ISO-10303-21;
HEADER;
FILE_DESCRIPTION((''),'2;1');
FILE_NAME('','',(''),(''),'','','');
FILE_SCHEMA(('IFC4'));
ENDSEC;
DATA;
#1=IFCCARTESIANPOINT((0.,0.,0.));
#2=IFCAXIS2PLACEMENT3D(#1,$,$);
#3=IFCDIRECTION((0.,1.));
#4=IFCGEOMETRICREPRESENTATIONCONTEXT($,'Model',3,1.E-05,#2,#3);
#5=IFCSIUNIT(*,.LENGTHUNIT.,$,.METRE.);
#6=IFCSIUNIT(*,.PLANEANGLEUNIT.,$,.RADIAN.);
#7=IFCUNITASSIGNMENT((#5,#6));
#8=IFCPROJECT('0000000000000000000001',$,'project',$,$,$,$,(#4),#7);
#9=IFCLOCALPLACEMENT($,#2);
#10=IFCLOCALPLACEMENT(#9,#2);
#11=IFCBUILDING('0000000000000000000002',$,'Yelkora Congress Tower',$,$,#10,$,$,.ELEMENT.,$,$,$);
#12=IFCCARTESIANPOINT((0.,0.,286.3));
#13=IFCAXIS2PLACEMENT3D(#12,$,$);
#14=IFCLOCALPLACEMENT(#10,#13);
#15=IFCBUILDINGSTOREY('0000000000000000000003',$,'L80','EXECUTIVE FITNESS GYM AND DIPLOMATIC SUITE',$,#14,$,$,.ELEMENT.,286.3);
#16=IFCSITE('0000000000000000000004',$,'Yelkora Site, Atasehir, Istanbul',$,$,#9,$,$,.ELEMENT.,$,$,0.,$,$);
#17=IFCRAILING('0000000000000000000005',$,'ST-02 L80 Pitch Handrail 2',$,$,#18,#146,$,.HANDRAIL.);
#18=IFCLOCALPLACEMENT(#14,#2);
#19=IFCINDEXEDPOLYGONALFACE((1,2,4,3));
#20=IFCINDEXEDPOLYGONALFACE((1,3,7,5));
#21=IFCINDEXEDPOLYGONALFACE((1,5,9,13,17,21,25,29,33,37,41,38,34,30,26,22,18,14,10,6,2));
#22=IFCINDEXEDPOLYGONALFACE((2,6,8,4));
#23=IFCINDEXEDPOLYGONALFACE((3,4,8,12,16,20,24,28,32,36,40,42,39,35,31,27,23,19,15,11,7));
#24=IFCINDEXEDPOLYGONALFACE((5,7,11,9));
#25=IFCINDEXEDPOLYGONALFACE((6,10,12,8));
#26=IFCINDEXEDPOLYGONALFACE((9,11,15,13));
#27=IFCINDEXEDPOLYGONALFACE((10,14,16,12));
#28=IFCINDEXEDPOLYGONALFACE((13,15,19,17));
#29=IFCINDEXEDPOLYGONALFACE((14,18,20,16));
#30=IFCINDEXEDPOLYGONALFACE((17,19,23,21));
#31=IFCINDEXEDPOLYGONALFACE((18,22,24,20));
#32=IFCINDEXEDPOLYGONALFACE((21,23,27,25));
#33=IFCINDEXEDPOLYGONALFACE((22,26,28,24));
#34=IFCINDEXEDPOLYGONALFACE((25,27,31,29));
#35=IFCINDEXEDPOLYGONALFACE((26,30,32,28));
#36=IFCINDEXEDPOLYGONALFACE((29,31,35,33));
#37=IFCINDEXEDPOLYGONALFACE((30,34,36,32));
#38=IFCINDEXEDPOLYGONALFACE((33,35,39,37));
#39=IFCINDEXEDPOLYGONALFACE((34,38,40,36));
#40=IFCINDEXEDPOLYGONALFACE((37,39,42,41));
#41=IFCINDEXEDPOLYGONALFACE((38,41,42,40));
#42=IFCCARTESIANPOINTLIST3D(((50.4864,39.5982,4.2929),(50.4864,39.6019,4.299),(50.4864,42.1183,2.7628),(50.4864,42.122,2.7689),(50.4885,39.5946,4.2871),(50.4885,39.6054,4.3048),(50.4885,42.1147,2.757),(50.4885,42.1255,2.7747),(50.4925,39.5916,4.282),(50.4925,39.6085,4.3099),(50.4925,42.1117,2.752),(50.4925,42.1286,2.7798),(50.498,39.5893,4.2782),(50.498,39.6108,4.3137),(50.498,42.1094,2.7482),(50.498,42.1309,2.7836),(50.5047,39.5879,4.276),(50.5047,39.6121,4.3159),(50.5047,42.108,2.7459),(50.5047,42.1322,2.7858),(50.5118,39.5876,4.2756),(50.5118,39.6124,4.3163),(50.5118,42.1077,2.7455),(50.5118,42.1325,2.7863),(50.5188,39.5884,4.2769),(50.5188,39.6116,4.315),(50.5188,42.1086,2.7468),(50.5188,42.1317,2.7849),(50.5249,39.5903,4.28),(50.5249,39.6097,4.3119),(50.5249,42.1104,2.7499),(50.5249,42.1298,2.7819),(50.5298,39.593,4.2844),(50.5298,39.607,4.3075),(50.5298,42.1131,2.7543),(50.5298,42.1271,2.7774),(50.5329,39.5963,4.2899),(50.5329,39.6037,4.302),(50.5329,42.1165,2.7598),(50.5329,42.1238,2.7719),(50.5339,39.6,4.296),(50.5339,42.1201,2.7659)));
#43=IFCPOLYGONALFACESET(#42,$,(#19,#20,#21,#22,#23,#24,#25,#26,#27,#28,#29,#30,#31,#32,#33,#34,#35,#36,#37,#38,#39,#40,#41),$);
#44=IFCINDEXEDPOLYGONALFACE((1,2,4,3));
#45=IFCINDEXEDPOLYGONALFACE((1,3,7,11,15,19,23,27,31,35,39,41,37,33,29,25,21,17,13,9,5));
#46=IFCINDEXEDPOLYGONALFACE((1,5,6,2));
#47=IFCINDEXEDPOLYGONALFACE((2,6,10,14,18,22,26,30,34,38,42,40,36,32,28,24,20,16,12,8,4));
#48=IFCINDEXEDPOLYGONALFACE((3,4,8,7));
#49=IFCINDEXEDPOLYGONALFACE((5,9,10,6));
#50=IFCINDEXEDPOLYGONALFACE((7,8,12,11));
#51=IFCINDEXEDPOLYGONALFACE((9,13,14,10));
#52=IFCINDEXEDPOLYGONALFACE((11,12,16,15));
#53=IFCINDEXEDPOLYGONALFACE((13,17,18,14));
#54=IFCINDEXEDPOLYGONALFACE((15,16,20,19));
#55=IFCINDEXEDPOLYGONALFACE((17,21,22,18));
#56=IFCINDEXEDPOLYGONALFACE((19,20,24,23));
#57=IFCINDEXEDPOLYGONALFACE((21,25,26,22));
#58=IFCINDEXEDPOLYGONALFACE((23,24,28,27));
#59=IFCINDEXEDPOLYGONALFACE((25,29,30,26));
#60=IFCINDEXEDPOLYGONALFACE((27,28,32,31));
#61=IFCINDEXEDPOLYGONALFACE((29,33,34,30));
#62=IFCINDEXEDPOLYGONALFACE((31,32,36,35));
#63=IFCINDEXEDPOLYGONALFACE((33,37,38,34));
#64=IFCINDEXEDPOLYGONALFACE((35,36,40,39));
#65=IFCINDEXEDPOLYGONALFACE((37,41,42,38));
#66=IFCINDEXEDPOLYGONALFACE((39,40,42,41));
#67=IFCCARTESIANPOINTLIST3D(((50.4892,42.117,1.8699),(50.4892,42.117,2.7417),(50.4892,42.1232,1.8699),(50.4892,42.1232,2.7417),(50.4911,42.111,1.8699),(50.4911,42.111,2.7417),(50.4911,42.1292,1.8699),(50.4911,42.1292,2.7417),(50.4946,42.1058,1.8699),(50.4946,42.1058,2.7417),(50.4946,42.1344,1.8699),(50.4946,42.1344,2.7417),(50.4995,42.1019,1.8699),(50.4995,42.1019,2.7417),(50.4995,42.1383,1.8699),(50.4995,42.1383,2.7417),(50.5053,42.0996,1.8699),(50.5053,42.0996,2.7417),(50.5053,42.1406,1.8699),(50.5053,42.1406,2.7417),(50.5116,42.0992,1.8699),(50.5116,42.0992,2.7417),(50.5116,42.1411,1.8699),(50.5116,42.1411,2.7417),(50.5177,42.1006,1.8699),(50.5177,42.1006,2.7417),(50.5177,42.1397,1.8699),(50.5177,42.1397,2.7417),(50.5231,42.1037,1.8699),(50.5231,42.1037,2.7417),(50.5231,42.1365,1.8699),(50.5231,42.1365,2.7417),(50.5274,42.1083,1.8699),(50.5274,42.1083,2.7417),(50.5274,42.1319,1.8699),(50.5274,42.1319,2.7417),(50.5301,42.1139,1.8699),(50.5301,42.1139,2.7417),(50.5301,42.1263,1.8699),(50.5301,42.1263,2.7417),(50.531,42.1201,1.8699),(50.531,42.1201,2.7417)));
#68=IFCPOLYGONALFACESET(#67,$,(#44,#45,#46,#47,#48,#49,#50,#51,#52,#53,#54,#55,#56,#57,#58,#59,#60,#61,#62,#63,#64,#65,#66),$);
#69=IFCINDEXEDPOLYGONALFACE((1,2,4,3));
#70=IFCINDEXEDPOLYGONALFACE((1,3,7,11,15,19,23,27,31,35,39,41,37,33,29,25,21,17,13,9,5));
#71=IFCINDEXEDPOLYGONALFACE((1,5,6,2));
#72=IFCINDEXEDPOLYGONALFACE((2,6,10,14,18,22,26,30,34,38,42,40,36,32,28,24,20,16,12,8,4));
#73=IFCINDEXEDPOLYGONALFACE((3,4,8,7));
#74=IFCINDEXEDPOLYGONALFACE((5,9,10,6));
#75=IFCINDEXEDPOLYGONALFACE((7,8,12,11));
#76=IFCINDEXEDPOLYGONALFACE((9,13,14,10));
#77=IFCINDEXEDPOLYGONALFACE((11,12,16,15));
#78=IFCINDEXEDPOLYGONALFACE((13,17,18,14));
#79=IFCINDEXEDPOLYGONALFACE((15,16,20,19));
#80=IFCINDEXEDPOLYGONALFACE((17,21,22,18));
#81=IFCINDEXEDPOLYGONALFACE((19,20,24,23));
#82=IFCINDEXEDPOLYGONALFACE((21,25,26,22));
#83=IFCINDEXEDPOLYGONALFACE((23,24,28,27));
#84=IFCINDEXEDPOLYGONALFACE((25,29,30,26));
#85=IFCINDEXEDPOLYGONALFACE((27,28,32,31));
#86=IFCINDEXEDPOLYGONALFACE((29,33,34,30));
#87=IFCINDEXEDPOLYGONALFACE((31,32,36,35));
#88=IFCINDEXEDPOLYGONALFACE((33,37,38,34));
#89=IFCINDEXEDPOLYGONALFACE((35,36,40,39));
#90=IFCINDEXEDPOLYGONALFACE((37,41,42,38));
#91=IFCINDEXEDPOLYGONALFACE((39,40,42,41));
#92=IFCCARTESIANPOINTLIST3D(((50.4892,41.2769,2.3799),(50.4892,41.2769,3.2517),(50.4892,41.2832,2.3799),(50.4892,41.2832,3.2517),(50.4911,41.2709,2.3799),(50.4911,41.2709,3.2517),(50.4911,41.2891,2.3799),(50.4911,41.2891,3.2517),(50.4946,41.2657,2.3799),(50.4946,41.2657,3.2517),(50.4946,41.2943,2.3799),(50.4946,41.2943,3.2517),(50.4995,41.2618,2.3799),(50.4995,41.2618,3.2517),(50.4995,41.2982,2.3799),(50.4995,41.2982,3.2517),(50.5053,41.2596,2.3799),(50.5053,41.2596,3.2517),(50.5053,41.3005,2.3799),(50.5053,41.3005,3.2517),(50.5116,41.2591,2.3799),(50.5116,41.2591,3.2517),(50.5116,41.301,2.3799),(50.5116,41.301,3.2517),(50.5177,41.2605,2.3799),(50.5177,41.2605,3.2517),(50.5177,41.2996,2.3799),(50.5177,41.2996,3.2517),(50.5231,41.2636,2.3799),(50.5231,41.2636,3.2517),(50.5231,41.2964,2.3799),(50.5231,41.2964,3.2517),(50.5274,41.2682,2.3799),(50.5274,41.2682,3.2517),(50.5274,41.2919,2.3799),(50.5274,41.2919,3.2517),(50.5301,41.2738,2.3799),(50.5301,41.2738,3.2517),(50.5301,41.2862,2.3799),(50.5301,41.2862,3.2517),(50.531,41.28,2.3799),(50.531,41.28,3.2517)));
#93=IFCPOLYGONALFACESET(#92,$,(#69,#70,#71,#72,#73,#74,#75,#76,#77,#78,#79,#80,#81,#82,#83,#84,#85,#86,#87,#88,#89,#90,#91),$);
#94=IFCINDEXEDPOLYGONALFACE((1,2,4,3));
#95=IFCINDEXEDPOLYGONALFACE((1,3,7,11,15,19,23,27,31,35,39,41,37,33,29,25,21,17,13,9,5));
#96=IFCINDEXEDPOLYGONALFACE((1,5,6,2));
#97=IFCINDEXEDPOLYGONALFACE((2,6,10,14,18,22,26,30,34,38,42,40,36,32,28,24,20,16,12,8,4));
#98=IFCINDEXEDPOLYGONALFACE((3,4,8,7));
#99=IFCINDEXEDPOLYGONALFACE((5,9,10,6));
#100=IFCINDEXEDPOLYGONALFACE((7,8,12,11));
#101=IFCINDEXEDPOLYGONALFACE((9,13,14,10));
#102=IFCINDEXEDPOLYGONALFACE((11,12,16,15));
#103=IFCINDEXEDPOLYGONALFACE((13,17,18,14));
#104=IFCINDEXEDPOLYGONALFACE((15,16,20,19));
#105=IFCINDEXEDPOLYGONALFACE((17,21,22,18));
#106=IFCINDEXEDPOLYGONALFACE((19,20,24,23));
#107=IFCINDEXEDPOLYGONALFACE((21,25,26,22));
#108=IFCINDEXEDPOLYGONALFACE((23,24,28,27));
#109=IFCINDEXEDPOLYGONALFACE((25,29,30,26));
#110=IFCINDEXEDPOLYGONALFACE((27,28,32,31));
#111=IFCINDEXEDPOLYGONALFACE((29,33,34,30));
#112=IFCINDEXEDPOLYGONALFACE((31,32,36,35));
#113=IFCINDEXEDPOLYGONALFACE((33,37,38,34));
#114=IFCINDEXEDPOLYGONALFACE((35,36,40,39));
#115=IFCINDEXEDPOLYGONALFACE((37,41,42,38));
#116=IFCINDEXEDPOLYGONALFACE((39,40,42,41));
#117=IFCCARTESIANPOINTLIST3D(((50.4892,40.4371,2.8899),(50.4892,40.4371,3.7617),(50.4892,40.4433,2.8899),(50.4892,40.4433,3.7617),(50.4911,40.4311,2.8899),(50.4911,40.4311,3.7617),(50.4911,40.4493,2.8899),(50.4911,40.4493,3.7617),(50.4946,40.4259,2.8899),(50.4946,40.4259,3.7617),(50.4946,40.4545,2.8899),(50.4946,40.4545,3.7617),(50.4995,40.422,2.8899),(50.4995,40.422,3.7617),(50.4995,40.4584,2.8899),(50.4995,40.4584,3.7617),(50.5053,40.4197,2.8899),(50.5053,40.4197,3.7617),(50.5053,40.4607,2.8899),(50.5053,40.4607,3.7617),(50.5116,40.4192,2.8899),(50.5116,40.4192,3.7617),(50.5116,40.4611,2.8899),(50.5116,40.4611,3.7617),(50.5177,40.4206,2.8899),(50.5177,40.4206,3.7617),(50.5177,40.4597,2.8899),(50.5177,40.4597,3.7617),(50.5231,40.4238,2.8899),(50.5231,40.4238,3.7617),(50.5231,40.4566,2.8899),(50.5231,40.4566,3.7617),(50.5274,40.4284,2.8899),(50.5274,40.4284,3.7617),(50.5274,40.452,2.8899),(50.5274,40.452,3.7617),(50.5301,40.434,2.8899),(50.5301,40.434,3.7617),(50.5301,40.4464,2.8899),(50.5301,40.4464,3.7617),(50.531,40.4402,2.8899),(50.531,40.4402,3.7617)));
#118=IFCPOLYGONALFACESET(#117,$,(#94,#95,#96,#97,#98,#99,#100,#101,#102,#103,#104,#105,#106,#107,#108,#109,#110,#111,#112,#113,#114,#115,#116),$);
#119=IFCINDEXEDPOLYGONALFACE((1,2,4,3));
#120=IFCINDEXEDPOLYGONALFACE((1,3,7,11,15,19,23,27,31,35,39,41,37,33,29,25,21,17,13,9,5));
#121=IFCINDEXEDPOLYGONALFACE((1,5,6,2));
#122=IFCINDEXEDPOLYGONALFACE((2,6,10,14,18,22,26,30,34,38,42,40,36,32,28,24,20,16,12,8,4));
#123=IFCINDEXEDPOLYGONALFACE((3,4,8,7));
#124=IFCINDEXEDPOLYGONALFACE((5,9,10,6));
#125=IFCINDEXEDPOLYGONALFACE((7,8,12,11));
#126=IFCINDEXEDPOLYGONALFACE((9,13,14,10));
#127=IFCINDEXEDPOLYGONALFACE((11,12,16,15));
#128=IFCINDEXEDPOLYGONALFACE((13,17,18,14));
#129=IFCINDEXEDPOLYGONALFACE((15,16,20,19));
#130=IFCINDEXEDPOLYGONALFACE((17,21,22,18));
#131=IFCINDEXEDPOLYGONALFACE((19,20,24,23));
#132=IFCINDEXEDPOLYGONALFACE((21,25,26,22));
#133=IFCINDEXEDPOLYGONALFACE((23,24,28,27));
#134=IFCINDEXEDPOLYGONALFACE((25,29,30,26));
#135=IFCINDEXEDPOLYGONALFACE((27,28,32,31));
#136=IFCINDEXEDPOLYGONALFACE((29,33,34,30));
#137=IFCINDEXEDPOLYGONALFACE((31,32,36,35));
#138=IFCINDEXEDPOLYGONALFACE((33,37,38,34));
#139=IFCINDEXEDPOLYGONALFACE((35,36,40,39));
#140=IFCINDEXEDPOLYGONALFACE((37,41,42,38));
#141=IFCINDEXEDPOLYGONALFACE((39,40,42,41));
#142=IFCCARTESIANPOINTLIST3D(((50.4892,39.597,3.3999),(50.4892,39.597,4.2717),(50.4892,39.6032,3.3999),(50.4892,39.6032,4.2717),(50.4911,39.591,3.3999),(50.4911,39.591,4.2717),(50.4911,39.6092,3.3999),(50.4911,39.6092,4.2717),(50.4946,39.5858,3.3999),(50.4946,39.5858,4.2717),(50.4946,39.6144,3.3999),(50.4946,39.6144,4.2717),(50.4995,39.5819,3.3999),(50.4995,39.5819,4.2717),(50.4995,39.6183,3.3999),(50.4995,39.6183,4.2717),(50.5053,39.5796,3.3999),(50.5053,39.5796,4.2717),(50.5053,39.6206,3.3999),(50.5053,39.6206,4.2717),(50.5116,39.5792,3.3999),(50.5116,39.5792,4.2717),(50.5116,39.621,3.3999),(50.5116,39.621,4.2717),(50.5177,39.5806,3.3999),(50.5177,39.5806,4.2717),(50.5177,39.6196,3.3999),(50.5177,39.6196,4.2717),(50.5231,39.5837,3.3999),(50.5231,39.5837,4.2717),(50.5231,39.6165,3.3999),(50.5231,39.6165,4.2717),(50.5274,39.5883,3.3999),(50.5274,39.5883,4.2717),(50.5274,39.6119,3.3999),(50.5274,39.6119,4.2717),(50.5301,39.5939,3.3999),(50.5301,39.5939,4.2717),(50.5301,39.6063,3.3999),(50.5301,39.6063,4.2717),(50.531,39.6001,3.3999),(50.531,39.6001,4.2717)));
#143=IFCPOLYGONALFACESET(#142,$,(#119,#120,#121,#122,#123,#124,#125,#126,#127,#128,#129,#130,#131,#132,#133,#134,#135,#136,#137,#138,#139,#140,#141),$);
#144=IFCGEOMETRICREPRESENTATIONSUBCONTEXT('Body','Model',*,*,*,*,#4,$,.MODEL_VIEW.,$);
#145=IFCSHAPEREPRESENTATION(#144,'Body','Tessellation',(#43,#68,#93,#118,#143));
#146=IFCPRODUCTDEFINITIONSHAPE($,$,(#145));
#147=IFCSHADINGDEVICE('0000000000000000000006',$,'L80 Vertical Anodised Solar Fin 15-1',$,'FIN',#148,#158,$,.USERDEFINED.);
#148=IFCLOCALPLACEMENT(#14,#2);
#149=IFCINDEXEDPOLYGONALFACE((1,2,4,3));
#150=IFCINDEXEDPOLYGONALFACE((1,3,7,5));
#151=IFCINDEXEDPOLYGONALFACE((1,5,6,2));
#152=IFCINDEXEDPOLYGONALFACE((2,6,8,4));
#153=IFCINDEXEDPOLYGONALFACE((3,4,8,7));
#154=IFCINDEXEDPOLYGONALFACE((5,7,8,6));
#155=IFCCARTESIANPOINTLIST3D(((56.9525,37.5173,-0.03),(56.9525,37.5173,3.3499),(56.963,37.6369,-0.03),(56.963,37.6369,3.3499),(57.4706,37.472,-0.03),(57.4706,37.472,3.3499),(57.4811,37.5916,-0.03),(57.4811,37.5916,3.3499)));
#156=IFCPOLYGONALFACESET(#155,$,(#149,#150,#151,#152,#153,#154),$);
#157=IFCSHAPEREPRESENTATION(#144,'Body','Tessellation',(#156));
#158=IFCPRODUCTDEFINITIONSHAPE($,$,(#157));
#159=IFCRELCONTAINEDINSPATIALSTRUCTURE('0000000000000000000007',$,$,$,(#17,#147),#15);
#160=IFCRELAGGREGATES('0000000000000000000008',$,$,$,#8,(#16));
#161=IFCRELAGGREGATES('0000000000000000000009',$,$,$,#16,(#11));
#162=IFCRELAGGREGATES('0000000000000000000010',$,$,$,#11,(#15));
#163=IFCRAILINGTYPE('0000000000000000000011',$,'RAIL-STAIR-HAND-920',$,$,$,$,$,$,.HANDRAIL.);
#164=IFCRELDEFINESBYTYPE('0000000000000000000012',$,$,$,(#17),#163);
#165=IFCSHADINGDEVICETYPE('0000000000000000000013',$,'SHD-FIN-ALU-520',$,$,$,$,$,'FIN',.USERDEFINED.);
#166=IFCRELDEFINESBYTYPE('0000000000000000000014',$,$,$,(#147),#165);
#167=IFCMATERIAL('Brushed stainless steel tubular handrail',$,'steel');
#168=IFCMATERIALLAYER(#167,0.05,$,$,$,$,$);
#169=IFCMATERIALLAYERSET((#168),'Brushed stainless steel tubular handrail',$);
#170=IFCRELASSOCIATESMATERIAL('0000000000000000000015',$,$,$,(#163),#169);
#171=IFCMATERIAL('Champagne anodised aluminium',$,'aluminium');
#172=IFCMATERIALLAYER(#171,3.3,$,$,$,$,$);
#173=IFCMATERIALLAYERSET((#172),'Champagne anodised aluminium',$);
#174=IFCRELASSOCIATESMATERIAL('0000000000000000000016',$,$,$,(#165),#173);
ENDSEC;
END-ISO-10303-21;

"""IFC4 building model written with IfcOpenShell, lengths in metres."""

from ifc_helpers import new_model, si_unit, direction, frame, origin, origin_2d, place, context, subcontext, project, spatial, rectangle, circle, extrude, material, layer, layer_set, type_object, element, save


model = new_model("IFC4")

# Units and contexts
model_context = context("Model", 3, precision=1e-05, world=origin(), true_north=direction((0.0, 1.0)))
body_context = subcontext(model_context, "Body", "Model", "MODEL_VIEW")
ifc_project = project(units=[si_unit("LENGTHUNIT", "METRE"), si_unit("PLANEANGLEUNIT", "RADIAN")], contexts=[model_context])

# Site, building, storey
site_placement = place(None, origin())
site = spatial("IfcSite", under=ifc_project, at=site_placement, Name="Yelkora Site, Atasehir, Istanbul", CompositionType="ELEMENT", RefElevation=0.0)
building_placement = place(site_placement, origin())
building = spatial("IfcBuilding", under=site, at=building_placement, Name="Yelkora Congress Tower", CompositionType="ELEMENT")
storey_placement = place(building_placement, frame((0.0, 0.0, 286.3)))
storey = spatial("IfcBuildingStorey", under=building, at=storey_placement, Name="L80", Description="EXECUTIVE FITNESS GYM AND DIPLOMATIC SUITE", CompositionType="ELEMENT", Elevation=286.3)

# Railing
ifc_material_1 = material(Name="Brushed stainless steel tubular handrail", Category="steel")
ifc_layer_1 = layer(ifc_material_1, 0.05)
ifc_layer_set_1 = layer_set([ifc_layer_1], Name="Brushed stainless steel tubular handrail")
railing_type_1 = type_object("IfcRailingType", Name="RAIL-STAIR-HAND-920", PredefinedType="HANDRAIL", material=ifc_layer_set_1)
railing_1_placement = place(storey_placement, frame((50.51, 42.1201, 1.8699)))
element("IfcRailing", 1, at=railing_1_placement, inside=storey, type_object=railing_type_1, Name="ST-02 L80 Pitch Handrail 2", PredefinedType="HANDRAIL", context=body_context, shape_type="SweptSolid", body=[
    extrude(circle(Radius=0.0239, at=origin_2d()), frame((0.0, 0.0, 0.896), z_axis=(0.0, -0.854785, 0.518982), x_axis=(1.0, 0.0, 0.0)), (0.0, 0.0, 1.0), 2.9482),
    extrude(circle(Radius=0.021, at=origin_2d()), origin(), (0.0, 0.0, 1.0), 0.8718),
    extrude(circle(Radius=0.021, at=origin_2d()), frame((0.0, -0.8401, 0.51)), (0.0, 0.0, 1.0), 0.8718),
    extrude(circle(Radius=0.021, at=origin_2d()), frame((0.0, -1.6799, 1.02)), (0.0, 0.0, 1.0), 0.8718),
    extrude(circle(Radius=0.021, at=origin_2d()), frame((0.0, -2.52, 1.53)), (0.0, 0.0, 1.0), 0.8718),
])

# Shading device
ifc_material_2 = material(Name="Champagne anodised aluminium", Category="aluminium")
ifc_layer_2 = layer(ifc_material_2, 3.3)
ifc_layer_set_2 = layer_set([ifc_layer_2], Name="Champagne anodised aluminium")
shading_device_type = type_object("IfcShadingDeviceType", Name="SHD-FIN-ALU-520", ElementType="FIN", PredefinedType="USERDEFINED", material=ifc_layer_set_2)
shading_device_placement = place(storey_placement, frame((57.2168, 37.5544, -0.03), z_axis=(0.0, 0.0, 1.0), x_axis=(-0.087156, -0.996195, 0.0)))
element("IfcShadingDevice", 2, at=shading_device_placement, inside=storey, type_object=shading_device_type, Name="L80 Vertical Anodised Solar Fin 15-1", ObjectType="FIN", PredefinedType="USERDEFINED", context=body_context, shape_type="SweptSolid", body=[
    extrude(rectangle(XDim=0.1201, YDim=0.52, at=origin_2d()), origin(), (0.0, 0.0, 1.0), 3.3799),
])

save(model, "model.ifc")
